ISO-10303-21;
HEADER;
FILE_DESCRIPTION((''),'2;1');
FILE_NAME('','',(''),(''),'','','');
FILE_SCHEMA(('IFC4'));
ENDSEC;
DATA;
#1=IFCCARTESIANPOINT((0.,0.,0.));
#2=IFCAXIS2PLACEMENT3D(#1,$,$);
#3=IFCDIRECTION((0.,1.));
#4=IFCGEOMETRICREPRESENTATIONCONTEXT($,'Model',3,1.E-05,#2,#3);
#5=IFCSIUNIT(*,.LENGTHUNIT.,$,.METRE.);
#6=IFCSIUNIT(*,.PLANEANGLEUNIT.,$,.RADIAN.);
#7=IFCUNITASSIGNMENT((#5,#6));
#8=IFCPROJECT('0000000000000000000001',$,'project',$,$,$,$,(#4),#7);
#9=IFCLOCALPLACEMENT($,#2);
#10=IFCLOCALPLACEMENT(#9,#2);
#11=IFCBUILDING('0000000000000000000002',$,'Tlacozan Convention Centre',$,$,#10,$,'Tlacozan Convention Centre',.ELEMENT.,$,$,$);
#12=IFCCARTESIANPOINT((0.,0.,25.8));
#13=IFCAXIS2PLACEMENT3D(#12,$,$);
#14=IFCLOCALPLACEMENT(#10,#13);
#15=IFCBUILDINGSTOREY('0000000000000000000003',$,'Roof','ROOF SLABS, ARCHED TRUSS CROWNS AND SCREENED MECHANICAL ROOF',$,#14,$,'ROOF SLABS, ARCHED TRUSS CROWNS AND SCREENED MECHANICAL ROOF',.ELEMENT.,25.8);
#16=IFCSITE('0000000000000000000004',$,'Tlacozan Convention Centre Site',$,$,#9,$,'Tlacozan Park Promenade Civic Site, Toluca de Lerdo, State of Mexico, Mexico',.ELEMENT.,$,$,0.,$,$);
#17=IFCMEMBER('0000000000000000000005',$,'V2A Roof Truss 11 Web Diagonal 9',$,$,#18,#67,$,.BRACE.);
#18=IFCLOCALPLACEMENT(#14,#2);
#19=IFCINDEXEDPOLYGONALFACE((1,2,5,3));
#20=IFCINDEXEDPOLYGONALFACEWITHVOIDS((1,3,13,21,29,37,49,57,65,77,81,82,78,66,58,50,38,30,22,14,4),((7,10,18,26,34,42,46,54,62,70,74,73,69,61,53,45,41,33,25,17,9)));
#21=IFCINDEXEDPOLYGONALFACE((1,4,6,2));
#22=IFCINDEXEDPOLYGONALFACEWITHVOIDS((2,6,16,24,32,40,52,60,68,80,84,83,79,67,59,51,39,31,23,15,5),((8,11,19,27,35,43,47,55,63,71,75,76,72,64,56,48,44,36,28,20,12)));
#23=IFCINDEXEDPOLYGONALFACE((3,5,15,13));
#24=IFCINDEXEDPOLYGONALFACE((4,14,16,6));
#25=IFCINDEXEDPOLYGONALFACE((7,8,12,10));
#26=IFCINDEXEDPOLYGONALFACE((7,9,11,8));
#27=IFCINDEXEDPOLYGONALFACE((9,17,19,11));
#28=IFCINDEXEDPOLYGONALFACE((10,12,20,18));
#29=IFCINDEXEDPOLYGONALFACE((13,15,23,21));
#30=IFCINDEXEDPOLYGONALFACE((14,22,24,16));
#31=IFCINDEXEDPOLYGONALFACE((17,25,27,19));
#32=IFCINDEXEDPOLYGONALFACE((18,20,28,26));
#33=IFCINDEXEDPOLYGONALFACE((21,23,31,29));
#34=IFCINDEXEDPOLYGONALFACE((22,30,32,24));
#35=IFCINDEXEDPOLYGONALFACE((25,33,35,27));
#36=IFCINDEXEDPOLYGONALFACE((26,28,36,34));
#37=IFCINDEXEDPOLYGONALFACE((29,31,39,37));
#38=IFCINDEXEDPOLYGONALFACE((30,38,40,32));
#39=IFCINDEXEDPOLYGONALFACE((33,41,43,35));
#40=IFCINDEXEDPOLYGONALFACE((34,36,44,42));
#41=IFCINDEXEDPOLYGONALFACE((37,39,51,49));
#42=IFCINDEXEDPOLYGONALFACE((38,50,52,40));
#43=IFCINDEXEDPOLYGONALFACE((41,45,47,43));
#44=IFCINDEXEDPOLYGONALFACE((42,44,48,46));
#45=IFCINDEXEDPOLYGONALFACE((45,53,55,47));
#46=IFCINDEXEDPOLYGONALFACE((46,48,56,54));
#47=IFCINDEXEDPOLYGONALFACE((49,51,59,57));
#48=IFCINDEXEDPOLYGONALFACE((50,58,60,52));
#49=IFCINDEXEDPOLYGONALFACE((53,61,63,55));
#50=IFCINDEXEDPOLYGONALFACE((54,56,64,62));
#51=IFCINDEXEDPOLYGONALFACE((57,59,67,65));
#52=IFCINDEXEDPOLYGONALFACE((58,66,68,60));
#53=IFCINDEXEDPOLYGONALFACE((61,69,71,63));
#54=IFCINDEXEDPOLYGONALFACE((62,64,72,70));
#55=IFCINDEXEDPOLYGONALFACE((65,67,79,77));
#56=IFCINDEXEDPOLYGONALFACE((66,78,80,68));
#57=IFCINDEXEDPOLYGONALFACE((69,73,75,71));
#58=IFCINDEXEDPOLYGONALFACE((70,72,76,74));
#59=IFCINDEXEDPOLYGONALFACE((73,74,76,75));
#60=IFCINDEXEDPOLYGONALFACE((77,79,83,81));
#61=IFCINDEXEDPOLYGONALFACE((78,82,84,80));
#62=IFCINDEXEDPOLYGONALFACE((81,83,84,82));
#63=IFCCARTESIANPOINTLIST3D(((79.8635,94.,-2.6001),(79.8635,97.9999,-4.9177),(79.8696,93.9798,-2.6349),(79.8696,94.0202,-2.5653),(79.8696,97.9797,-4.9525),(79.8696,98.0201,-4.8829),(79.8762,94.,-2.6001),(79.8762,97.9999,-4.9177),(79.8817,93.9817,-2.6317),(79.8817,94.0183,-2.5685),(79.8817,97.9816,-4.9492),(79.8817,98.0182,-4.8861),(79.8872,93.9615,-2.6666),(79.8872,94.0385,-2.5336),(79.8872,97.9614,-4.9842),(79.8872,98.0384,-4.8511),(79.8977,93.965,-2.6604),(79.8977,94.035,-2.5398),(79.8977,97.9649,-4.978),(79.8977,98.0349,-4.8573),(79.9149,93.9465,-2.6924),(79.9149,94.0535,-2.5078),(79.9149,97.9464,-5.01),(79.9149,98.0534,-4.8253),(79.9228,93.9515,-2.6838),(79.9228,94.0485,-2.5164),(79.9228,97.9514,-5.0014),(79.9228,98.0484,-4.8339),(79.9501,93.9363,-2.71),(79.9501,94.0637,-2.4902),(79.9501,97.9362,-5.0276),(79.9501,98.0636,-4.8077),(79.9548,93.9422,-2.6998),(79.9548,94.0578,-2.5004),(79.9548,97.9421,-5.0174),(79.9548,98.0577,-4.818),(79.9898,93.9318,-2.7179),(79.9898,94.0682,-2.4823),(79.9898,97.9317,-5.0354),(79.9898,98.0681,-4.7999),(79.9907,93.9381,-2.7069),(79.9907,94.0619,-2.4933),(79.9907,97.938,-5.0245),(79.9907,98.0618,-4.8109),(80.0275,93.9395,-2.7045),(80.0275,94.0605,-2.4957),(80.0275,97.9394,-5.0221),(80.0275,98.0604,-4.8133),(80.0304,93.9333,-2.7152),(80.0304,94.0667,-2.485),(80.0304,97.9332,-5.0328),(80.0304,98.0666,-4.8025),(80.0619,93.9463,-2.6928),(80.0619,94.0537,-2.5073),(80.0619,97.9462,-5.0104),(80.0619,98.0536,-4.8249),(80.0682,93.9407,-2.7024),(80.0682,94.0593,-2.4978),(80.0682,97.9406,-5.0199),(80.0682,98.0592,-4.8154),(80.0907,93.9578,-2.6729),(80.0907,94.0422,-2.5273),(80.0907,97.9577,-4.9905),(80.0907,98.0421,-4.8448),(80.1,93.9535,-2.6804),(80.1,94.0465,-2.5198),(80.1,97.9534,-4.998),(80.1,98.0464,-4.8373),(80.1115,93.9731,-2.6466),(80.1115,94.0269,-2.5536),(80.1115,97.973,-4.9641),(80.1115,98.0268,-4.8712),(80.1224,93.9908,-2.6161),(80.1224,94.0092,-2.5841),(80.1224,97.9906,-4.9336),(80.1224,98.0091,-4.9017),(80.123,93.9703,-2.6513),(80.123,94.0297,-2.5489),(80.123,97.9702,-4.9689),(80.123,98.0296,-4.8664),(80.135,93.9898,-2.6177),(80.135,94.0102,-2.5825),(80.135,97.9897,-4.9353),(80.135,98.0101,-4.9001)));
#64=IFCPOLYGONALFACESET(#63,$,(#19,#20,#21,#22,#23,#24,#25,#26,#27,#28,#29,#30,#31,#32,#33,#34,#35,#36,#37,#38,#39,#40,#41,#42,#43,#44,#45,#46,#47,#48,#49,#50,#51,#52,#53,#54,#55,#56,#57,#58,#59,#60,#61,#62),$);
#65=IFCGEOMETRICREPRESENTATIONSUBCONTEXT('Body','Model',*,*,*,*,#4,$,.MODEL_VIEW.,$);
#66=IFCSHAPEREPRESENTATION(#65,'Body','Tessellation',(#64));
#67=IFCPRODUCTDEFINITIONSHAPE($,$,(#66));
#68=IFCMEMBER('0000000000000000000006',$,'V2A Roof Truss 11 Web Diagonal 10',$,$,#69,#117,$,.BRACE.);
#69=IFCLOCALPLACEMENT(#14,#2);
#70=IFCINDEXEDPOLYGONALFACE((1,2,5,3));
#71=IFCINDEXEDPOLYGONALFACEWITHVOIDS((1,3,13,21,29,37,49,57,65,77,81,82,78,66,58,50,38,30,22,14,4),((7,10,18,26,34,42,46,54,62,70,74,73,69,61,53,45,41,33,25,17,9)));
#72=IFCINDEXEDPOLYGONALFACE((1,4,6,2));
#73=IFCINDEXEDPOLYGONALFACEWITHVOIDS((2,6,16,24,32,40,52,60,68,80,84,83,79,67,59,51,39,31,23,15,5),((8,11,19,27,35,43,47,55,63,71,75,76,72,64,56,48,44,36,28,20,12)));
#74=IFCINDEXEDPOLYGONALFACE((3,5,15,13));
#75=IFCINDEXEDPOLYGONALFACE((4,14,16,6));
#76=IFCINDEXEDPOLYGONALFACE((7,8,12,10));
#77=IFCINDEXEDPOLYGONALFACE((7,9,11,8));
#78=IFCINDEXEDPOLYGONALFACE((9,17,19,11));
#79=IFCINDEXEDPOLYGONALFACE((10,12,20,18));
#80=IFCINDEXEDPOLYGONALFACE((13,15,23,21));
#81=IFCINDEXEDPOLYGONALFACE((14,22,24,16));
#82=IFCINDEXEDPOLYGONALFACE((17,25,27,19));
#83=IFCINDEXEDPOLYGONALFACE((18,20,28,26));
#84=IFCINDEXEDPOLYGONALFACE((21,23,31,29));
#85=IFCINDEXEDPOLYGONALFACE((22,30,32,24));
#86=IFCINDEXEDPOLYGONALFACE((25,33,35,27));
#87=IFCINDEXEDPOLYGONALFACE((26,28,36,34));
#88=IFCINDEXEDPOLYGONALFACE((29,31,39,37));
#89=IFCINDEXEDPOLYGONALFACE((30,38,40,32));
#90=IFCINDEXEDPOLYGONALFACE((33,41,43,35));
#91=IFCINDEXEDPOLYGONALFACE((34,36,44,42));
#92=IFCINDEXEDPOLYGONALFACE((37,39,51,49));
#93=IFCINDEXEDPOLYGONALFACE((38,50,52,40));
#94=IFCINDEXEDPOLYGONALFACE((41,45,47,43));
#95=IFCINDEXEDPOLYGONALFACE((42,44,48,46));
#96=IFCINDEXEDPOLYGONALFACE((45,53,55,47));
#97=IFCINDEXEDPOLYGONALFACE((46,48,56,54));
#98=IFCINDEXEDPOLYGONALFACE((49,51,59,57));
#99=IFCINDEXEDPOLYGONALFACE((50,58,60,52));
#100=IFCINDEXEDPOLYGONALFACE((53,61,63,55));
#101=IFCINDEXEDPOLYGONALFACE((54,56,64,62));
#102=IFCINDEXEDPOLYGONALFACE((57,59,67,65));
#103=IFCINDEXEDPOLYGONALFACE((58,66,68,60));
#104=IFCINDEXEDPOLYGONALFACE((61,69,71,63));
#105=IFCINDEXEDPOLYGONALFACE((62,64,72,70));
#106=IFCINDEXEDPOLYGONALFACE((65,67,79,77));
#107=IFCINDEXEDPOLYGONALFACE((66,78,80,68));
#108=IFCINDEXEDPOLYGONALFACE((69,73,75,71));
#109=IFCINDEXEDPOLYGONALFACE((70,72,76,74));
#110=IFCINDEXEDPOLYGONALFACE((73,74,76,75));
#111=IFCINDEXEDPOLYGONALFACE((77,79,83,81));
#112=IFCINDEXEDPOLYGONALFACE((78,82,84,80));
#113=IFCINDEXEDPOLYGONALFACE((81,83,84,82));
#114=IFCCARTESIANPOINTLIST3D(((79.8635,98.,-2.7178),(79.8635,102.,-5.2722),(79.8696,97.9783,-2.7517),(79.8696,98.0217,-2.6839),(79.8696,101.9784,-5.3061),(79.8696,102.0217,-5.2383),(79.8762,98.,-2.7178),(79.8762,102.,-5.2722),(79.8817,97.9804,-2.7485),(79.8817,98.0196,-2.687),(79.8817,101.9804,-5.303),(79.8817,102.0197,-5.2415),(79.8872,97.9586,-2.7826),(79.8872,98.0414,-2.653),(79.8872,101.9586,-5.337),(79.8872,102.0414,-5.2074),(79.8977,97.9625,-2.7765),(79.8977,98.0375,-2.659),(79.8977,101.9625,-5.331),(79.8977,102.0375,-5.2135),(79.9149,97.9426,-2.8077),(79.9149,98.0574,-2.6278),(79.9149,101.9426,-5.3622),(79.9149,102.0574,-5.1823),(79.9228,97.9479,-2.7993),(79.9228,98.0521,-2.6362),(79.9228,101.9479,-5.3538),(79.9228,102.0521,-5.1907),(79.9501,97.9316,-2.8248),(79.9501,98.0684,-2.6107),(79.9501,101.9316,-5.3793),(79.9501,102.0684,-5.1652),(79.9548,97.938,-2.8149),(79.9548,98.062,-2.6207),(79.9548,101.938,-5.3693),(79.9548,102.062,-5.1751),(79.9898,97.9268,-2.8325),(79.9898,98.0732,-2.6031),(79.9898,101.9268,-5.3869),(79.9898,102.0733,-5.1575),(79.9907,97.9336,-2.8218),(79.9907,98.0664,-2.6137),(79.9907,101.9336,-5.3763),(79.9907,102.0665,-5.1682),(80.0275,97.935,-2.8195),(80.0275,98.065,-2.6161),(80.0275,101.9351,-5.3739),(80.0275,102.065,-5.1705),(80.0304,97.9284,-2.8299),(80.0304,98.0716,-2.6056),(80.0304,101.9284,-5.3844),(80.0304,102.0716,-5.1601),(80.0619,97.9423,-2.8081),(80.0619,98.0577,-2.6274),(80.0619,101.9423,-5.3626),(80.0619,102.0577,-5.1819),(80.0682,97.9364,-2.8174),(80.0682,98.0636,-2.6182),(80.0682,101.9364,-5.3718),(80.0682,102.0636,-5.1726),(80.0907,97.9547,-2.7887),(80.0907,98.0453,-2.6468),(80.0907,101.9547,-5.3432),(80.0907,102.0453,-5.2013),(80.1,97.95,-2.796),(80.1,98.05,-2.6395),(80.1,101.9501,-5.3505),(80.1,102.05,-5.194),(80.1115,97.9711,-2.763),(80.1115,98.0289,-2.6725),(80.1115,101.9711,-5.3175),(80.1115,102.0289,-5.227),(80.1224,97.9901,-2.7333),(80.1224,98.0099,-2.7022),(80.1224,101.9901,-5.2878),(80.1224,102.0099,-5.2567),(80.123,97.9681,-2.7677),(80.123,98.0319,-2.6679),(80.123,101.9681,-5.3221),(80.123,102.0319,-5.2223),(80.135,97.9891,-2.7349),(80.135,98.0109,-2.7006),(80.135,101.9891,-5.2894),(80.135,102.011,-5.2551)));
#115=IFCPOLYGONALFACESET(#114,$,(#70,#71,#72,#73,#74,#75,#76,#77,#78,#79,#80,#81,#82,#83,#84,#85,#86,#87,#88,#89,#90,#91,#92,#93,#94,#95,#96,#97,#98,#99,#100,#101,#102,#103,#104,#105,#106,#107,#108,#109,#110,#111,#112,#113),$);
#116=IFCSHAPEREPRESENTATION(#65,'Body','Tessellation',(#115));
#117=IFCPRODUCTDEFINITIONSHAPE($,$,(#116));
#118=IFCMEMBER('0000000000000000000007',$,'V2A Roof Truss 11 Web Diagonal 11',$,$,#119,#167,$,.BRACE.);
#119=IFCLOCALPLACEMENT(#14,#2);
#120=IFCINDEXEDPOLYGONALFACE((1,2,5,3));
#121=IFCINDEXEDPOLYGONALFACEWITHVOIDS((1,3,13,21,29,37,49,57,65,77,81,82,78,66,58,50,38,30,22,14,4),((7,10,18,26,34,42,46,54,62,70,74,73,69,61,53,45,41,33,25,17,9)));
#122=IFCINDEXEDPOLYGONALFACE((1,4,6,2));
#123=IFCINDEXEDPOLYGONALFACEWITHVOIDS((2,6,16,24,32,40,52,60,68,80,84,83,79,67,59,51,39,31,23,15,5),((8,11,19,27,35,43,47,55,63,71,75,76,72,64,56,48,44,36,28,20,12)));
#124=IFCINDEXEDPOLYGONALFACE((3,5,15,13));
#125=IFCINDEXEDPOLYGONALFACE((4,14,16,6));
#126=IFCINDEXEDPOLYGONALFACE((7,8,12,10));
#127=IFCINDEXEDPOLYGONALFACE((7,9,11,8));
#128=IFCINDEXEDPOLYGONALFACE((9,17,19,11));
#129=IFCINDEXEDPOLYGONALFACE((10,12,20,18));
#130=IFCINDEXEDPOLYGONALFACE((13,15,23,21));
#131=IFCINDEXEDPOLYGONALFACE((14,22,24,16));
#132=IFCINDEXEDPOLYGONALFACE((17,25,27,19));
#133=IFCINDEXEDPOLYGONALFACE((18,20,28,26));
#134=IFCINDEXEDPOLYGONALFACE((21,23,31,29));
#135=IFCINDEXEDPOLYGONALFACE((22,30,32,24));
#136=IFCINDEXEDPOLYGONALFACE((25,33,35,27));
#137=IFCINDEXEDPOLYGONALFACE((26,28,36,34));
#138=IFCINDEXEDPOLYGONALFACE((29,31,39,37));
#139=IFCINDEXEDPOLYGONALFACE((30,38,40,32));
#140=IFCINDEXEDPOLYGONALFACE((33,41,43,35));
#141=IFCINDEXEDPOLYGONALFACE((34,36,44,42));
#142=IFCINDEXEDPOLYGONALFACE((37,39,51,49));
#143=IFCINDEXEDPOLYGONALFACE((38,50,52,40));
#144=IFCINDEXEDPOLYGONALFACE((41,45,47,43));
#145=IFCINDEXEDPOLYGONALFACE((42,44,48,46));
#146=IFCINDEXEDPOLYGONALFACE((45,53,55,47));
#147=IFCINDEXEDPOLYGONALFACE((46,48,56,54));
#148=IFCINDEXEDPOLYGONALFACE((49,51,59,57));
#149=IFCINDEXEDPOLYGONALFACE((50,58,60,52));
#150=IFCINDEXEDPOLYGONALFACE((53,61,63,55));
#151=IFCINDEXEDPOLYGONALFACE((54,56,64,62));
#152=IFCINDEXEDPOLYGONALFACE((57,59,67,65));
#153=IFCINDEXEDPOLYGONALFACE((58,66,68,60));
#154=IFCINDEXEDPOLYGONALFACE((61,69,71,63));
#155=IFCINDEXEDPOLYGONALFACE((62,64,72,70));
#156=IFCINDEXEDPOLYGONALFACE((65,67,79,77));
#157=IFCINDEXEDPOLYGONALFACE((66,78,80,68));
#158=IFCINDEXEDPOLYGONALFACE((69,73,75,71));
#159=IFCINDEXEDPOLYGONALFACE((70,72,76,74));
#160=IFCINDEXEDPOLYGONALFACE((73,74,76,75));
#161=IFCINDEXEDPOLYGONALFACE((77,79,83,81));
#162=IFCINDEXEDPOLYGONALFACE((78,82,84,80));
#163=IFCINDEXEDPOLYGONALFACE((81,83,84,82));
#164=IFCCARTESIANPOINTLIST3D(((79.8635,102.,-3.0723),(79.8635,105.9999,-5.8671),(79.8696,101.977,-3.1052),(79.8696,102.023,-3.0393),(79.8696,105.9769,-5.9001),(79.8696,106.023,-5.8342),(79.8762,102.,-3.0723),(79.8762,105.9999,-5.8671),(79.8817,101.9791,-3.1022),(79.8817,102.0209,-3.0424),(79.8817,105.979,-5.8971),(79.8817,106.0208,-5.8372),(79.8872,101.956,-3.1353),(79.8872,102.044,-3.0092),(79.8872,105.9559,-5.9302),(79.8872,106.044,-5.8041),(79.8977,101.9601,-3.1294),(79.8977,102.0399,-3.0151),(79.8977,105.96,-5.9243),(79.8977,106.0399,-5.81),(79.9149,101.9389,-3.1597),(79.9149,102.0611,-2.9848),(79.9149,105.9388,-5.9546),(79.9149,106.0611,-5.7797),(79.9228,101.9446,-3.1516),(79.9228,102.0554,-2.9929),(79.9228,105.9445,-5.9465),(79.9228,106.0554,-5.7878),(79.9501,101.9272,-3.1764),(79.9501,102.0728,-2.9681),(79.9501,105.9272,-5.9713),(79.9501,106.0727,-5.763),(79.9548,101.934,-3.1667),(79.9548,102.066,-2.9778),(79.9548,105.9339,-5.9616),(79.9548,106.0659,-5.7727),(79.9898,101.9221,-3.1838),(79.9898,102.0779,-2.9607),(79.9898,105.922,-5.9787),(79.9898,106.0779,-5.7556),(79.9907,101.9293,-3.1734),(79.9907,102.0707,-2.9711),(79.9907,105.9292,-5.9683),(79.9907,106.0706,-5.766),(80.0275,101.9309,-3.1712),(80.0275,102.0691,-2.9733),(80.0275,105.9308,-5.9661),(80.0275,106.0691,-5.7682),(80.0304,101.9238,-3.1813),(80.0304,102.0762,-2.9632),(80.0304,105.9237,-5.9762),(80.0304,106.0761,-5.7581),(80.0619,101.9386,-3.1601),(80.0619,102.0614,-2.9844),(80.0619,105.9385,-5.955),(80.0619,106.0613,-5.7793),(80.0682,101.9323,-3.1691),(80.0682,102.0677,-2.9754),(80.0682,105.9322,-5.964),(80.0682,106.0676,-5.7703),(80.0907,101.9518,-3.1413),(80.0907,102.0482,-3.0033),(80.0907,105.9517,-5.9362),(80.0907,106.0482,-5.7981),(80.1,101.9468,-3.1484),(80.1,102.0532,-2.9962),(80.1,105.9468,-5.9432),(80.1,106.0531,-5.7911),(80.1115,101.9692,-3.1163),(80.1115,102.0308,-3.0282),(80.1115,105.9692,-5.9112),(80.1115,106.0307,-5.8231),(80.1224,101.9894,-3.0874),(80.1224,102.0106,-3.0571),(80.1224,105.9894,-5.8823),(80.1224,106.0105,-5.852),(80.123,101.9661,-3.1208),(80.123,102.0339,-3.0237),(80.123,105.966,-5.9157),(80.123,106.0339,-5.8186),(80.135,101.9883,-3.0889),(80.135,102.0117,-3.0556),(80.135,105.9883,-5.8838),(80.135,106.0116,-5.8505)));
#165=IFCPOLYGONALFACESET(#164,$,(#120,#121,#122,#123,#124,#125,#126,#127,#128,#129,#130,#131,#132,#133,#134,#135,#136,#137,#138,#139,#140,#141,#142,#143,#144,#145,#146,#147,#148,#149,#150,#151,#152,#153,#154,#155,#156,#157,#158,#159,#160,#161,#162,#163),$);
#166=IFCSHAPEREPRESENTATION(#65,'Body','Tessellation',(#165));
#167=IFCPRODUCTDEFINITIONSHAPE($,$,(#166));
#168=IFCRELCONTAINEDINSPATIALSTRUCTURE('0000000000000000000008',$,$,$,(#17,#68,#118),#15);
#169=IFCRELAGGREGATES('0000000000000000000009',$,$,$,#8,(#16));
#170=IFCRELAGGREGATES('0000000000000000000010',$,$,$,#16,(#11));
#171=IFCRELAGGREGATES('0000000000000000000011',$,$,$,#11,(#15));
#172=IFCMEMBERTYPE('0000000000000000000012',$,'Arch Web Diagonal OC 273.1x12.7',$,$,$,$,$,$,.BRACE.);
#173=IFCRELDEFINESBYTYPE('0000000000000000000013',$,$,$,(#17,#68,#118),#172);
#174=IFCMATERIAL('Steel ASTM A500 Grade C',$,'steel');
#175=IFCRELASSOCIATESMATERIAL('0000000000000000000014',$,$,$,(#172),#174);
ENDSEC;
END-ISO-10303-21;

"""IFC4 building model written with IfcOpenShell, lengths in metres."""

from ifc_helpers import new_model, si_unit, direction, frame, origin, origin_2d, place, context, subcontext, project, spatial, hollow_circle, extrude, material, material_profile, profile_set, type_object, element, save


model = new_model("IFC4")

# Units and contexts
model_context = context("Model", 3, precision=1e-05, world=origin(), true_north=direction((0.0, 1.0)))
body_context = subcontext(model_context, "Body", "Model", "MODEL_VIEW")
ifc_project = project(units=[si_unit("LENGTHUNIT", "METRE"), si_unit("PLANEANGLEUNIT", "RADIAN")], contexts=[model_context])

# Site, building, storey
site_placement = place(None, origin())
site = spatial("IfcSite", under=ifc_project, at=site_placement, Name="Tlacozan Convention Centre Site", LongName="Tlacozan Park Promenade Civic Site, Toluca de Lerdo, State of Mexico, Mexico", CompositionType="ELEMENT", RefElevation=0.0)
building_placement = place(site_placement, origin())
building = spatial("IfcBuilding", under=site, at=building_placement, Name="Tlacozan Convention Centre", LongName="Tlacozan Convention Centre", CompositionType="ELEMENT")
storey_placement = place(building_placement, frame((0.0, 0.0, 25.8)))
storey = spatial("IfcBuildingStorey", under=building, at=storey_placement, Name="Roof", Description="ROOF SLABS, ARCHED TRUSS CROWNS AND SCREENED MECHANICAL ROOF", LongName="ROOF SLABS, ARCHED TRUSS CROWNS AND SCREENED MECHANICAL ROOF", CompositionType="ELEMENT", Elevation=25.8)

# Members
ifc_material_1 = material(Name="Steel ASTM A500 Grade C", Category="steel")
ifc_material_profile_1 = material_profile(ifc_material_1, hollow_circle(Radius=0.1365, WallThickness=0.0127, at=origin_2d()), Name="OC 273.1x12.7")
ifc_profile_set_1 = profile_set([ifc_material_profile_1], Name="Steel ASTM A500 Grade C")
member_type_1 = type_object("IfcMemberType", Name="Arch Web Diagonal OC 273.1x12.7", PredefinedType="BRACE", material=ifc_profile_set_1)
member_1_placement = place(storey_placement, frame((80.0, 94.0, -2.6001), z_axis=(0.0, 0.865254, -0.501334), x_axis=(-1.0, 0.0, 0.0)))
element("IfcMember", 1, at=member_1_placement, inside=storey, type_object=member_type_1, Name="V2A Roof Truss 11 Web Diagonal 9", PredefinedType="BRACE", context=body_context, shape_type="SweptSolid", body=[
    extrude(hollow_circle(Radius=0.1365, WallThickness=0.0127, at=origin_2d()), origin(), (0.0, 0.0, 1.0), 4.6228),
])
member_2_placement = place(storey_placement, frame((80.0, 98.0, -2.7178), z_axis=(0.0, 0.842803, -0.538223), x_axis=(-1.0, 0.0, 0.0)))
element("IfcMember", 2, at=member_2_placement, inside=storey, type_object=member_type_1, Name="V2A Roof Truss 11 Web Diagonal 10", PredefinedType="BRACE", context=body_context, shape_type="SweptSolid", body=[
    extrude(hollow_circle(Radius=0.1365, WallThickness=0.0127, at=origin_2d()), origin(), (0.0, 0.0, 1.0), 4.7461),
])
member_3_placement = place(storey_placement, frame((80.0, 102.0, -3.0723), z_axis=(0.0, 0.819721, -0.572764), x_axis=(-1.0, 0.0, 0.0)))
element("IfcMember", 3, at=member_3_placement, inside=storey, type_object=member_type_1, Name="V2A Roof Truss 11 Web Diagonal 11", PredefinedType="BRACE", context=body_context, shape_type="SweptSolid", body=[
    extrude(hollow_circle(Radius=0.1365, WallThickness=0.0127, at=origin_2d()), origin(), (0.0, 0.0, 1.0), 4.8796),
])

save(model, "model.ifc")
